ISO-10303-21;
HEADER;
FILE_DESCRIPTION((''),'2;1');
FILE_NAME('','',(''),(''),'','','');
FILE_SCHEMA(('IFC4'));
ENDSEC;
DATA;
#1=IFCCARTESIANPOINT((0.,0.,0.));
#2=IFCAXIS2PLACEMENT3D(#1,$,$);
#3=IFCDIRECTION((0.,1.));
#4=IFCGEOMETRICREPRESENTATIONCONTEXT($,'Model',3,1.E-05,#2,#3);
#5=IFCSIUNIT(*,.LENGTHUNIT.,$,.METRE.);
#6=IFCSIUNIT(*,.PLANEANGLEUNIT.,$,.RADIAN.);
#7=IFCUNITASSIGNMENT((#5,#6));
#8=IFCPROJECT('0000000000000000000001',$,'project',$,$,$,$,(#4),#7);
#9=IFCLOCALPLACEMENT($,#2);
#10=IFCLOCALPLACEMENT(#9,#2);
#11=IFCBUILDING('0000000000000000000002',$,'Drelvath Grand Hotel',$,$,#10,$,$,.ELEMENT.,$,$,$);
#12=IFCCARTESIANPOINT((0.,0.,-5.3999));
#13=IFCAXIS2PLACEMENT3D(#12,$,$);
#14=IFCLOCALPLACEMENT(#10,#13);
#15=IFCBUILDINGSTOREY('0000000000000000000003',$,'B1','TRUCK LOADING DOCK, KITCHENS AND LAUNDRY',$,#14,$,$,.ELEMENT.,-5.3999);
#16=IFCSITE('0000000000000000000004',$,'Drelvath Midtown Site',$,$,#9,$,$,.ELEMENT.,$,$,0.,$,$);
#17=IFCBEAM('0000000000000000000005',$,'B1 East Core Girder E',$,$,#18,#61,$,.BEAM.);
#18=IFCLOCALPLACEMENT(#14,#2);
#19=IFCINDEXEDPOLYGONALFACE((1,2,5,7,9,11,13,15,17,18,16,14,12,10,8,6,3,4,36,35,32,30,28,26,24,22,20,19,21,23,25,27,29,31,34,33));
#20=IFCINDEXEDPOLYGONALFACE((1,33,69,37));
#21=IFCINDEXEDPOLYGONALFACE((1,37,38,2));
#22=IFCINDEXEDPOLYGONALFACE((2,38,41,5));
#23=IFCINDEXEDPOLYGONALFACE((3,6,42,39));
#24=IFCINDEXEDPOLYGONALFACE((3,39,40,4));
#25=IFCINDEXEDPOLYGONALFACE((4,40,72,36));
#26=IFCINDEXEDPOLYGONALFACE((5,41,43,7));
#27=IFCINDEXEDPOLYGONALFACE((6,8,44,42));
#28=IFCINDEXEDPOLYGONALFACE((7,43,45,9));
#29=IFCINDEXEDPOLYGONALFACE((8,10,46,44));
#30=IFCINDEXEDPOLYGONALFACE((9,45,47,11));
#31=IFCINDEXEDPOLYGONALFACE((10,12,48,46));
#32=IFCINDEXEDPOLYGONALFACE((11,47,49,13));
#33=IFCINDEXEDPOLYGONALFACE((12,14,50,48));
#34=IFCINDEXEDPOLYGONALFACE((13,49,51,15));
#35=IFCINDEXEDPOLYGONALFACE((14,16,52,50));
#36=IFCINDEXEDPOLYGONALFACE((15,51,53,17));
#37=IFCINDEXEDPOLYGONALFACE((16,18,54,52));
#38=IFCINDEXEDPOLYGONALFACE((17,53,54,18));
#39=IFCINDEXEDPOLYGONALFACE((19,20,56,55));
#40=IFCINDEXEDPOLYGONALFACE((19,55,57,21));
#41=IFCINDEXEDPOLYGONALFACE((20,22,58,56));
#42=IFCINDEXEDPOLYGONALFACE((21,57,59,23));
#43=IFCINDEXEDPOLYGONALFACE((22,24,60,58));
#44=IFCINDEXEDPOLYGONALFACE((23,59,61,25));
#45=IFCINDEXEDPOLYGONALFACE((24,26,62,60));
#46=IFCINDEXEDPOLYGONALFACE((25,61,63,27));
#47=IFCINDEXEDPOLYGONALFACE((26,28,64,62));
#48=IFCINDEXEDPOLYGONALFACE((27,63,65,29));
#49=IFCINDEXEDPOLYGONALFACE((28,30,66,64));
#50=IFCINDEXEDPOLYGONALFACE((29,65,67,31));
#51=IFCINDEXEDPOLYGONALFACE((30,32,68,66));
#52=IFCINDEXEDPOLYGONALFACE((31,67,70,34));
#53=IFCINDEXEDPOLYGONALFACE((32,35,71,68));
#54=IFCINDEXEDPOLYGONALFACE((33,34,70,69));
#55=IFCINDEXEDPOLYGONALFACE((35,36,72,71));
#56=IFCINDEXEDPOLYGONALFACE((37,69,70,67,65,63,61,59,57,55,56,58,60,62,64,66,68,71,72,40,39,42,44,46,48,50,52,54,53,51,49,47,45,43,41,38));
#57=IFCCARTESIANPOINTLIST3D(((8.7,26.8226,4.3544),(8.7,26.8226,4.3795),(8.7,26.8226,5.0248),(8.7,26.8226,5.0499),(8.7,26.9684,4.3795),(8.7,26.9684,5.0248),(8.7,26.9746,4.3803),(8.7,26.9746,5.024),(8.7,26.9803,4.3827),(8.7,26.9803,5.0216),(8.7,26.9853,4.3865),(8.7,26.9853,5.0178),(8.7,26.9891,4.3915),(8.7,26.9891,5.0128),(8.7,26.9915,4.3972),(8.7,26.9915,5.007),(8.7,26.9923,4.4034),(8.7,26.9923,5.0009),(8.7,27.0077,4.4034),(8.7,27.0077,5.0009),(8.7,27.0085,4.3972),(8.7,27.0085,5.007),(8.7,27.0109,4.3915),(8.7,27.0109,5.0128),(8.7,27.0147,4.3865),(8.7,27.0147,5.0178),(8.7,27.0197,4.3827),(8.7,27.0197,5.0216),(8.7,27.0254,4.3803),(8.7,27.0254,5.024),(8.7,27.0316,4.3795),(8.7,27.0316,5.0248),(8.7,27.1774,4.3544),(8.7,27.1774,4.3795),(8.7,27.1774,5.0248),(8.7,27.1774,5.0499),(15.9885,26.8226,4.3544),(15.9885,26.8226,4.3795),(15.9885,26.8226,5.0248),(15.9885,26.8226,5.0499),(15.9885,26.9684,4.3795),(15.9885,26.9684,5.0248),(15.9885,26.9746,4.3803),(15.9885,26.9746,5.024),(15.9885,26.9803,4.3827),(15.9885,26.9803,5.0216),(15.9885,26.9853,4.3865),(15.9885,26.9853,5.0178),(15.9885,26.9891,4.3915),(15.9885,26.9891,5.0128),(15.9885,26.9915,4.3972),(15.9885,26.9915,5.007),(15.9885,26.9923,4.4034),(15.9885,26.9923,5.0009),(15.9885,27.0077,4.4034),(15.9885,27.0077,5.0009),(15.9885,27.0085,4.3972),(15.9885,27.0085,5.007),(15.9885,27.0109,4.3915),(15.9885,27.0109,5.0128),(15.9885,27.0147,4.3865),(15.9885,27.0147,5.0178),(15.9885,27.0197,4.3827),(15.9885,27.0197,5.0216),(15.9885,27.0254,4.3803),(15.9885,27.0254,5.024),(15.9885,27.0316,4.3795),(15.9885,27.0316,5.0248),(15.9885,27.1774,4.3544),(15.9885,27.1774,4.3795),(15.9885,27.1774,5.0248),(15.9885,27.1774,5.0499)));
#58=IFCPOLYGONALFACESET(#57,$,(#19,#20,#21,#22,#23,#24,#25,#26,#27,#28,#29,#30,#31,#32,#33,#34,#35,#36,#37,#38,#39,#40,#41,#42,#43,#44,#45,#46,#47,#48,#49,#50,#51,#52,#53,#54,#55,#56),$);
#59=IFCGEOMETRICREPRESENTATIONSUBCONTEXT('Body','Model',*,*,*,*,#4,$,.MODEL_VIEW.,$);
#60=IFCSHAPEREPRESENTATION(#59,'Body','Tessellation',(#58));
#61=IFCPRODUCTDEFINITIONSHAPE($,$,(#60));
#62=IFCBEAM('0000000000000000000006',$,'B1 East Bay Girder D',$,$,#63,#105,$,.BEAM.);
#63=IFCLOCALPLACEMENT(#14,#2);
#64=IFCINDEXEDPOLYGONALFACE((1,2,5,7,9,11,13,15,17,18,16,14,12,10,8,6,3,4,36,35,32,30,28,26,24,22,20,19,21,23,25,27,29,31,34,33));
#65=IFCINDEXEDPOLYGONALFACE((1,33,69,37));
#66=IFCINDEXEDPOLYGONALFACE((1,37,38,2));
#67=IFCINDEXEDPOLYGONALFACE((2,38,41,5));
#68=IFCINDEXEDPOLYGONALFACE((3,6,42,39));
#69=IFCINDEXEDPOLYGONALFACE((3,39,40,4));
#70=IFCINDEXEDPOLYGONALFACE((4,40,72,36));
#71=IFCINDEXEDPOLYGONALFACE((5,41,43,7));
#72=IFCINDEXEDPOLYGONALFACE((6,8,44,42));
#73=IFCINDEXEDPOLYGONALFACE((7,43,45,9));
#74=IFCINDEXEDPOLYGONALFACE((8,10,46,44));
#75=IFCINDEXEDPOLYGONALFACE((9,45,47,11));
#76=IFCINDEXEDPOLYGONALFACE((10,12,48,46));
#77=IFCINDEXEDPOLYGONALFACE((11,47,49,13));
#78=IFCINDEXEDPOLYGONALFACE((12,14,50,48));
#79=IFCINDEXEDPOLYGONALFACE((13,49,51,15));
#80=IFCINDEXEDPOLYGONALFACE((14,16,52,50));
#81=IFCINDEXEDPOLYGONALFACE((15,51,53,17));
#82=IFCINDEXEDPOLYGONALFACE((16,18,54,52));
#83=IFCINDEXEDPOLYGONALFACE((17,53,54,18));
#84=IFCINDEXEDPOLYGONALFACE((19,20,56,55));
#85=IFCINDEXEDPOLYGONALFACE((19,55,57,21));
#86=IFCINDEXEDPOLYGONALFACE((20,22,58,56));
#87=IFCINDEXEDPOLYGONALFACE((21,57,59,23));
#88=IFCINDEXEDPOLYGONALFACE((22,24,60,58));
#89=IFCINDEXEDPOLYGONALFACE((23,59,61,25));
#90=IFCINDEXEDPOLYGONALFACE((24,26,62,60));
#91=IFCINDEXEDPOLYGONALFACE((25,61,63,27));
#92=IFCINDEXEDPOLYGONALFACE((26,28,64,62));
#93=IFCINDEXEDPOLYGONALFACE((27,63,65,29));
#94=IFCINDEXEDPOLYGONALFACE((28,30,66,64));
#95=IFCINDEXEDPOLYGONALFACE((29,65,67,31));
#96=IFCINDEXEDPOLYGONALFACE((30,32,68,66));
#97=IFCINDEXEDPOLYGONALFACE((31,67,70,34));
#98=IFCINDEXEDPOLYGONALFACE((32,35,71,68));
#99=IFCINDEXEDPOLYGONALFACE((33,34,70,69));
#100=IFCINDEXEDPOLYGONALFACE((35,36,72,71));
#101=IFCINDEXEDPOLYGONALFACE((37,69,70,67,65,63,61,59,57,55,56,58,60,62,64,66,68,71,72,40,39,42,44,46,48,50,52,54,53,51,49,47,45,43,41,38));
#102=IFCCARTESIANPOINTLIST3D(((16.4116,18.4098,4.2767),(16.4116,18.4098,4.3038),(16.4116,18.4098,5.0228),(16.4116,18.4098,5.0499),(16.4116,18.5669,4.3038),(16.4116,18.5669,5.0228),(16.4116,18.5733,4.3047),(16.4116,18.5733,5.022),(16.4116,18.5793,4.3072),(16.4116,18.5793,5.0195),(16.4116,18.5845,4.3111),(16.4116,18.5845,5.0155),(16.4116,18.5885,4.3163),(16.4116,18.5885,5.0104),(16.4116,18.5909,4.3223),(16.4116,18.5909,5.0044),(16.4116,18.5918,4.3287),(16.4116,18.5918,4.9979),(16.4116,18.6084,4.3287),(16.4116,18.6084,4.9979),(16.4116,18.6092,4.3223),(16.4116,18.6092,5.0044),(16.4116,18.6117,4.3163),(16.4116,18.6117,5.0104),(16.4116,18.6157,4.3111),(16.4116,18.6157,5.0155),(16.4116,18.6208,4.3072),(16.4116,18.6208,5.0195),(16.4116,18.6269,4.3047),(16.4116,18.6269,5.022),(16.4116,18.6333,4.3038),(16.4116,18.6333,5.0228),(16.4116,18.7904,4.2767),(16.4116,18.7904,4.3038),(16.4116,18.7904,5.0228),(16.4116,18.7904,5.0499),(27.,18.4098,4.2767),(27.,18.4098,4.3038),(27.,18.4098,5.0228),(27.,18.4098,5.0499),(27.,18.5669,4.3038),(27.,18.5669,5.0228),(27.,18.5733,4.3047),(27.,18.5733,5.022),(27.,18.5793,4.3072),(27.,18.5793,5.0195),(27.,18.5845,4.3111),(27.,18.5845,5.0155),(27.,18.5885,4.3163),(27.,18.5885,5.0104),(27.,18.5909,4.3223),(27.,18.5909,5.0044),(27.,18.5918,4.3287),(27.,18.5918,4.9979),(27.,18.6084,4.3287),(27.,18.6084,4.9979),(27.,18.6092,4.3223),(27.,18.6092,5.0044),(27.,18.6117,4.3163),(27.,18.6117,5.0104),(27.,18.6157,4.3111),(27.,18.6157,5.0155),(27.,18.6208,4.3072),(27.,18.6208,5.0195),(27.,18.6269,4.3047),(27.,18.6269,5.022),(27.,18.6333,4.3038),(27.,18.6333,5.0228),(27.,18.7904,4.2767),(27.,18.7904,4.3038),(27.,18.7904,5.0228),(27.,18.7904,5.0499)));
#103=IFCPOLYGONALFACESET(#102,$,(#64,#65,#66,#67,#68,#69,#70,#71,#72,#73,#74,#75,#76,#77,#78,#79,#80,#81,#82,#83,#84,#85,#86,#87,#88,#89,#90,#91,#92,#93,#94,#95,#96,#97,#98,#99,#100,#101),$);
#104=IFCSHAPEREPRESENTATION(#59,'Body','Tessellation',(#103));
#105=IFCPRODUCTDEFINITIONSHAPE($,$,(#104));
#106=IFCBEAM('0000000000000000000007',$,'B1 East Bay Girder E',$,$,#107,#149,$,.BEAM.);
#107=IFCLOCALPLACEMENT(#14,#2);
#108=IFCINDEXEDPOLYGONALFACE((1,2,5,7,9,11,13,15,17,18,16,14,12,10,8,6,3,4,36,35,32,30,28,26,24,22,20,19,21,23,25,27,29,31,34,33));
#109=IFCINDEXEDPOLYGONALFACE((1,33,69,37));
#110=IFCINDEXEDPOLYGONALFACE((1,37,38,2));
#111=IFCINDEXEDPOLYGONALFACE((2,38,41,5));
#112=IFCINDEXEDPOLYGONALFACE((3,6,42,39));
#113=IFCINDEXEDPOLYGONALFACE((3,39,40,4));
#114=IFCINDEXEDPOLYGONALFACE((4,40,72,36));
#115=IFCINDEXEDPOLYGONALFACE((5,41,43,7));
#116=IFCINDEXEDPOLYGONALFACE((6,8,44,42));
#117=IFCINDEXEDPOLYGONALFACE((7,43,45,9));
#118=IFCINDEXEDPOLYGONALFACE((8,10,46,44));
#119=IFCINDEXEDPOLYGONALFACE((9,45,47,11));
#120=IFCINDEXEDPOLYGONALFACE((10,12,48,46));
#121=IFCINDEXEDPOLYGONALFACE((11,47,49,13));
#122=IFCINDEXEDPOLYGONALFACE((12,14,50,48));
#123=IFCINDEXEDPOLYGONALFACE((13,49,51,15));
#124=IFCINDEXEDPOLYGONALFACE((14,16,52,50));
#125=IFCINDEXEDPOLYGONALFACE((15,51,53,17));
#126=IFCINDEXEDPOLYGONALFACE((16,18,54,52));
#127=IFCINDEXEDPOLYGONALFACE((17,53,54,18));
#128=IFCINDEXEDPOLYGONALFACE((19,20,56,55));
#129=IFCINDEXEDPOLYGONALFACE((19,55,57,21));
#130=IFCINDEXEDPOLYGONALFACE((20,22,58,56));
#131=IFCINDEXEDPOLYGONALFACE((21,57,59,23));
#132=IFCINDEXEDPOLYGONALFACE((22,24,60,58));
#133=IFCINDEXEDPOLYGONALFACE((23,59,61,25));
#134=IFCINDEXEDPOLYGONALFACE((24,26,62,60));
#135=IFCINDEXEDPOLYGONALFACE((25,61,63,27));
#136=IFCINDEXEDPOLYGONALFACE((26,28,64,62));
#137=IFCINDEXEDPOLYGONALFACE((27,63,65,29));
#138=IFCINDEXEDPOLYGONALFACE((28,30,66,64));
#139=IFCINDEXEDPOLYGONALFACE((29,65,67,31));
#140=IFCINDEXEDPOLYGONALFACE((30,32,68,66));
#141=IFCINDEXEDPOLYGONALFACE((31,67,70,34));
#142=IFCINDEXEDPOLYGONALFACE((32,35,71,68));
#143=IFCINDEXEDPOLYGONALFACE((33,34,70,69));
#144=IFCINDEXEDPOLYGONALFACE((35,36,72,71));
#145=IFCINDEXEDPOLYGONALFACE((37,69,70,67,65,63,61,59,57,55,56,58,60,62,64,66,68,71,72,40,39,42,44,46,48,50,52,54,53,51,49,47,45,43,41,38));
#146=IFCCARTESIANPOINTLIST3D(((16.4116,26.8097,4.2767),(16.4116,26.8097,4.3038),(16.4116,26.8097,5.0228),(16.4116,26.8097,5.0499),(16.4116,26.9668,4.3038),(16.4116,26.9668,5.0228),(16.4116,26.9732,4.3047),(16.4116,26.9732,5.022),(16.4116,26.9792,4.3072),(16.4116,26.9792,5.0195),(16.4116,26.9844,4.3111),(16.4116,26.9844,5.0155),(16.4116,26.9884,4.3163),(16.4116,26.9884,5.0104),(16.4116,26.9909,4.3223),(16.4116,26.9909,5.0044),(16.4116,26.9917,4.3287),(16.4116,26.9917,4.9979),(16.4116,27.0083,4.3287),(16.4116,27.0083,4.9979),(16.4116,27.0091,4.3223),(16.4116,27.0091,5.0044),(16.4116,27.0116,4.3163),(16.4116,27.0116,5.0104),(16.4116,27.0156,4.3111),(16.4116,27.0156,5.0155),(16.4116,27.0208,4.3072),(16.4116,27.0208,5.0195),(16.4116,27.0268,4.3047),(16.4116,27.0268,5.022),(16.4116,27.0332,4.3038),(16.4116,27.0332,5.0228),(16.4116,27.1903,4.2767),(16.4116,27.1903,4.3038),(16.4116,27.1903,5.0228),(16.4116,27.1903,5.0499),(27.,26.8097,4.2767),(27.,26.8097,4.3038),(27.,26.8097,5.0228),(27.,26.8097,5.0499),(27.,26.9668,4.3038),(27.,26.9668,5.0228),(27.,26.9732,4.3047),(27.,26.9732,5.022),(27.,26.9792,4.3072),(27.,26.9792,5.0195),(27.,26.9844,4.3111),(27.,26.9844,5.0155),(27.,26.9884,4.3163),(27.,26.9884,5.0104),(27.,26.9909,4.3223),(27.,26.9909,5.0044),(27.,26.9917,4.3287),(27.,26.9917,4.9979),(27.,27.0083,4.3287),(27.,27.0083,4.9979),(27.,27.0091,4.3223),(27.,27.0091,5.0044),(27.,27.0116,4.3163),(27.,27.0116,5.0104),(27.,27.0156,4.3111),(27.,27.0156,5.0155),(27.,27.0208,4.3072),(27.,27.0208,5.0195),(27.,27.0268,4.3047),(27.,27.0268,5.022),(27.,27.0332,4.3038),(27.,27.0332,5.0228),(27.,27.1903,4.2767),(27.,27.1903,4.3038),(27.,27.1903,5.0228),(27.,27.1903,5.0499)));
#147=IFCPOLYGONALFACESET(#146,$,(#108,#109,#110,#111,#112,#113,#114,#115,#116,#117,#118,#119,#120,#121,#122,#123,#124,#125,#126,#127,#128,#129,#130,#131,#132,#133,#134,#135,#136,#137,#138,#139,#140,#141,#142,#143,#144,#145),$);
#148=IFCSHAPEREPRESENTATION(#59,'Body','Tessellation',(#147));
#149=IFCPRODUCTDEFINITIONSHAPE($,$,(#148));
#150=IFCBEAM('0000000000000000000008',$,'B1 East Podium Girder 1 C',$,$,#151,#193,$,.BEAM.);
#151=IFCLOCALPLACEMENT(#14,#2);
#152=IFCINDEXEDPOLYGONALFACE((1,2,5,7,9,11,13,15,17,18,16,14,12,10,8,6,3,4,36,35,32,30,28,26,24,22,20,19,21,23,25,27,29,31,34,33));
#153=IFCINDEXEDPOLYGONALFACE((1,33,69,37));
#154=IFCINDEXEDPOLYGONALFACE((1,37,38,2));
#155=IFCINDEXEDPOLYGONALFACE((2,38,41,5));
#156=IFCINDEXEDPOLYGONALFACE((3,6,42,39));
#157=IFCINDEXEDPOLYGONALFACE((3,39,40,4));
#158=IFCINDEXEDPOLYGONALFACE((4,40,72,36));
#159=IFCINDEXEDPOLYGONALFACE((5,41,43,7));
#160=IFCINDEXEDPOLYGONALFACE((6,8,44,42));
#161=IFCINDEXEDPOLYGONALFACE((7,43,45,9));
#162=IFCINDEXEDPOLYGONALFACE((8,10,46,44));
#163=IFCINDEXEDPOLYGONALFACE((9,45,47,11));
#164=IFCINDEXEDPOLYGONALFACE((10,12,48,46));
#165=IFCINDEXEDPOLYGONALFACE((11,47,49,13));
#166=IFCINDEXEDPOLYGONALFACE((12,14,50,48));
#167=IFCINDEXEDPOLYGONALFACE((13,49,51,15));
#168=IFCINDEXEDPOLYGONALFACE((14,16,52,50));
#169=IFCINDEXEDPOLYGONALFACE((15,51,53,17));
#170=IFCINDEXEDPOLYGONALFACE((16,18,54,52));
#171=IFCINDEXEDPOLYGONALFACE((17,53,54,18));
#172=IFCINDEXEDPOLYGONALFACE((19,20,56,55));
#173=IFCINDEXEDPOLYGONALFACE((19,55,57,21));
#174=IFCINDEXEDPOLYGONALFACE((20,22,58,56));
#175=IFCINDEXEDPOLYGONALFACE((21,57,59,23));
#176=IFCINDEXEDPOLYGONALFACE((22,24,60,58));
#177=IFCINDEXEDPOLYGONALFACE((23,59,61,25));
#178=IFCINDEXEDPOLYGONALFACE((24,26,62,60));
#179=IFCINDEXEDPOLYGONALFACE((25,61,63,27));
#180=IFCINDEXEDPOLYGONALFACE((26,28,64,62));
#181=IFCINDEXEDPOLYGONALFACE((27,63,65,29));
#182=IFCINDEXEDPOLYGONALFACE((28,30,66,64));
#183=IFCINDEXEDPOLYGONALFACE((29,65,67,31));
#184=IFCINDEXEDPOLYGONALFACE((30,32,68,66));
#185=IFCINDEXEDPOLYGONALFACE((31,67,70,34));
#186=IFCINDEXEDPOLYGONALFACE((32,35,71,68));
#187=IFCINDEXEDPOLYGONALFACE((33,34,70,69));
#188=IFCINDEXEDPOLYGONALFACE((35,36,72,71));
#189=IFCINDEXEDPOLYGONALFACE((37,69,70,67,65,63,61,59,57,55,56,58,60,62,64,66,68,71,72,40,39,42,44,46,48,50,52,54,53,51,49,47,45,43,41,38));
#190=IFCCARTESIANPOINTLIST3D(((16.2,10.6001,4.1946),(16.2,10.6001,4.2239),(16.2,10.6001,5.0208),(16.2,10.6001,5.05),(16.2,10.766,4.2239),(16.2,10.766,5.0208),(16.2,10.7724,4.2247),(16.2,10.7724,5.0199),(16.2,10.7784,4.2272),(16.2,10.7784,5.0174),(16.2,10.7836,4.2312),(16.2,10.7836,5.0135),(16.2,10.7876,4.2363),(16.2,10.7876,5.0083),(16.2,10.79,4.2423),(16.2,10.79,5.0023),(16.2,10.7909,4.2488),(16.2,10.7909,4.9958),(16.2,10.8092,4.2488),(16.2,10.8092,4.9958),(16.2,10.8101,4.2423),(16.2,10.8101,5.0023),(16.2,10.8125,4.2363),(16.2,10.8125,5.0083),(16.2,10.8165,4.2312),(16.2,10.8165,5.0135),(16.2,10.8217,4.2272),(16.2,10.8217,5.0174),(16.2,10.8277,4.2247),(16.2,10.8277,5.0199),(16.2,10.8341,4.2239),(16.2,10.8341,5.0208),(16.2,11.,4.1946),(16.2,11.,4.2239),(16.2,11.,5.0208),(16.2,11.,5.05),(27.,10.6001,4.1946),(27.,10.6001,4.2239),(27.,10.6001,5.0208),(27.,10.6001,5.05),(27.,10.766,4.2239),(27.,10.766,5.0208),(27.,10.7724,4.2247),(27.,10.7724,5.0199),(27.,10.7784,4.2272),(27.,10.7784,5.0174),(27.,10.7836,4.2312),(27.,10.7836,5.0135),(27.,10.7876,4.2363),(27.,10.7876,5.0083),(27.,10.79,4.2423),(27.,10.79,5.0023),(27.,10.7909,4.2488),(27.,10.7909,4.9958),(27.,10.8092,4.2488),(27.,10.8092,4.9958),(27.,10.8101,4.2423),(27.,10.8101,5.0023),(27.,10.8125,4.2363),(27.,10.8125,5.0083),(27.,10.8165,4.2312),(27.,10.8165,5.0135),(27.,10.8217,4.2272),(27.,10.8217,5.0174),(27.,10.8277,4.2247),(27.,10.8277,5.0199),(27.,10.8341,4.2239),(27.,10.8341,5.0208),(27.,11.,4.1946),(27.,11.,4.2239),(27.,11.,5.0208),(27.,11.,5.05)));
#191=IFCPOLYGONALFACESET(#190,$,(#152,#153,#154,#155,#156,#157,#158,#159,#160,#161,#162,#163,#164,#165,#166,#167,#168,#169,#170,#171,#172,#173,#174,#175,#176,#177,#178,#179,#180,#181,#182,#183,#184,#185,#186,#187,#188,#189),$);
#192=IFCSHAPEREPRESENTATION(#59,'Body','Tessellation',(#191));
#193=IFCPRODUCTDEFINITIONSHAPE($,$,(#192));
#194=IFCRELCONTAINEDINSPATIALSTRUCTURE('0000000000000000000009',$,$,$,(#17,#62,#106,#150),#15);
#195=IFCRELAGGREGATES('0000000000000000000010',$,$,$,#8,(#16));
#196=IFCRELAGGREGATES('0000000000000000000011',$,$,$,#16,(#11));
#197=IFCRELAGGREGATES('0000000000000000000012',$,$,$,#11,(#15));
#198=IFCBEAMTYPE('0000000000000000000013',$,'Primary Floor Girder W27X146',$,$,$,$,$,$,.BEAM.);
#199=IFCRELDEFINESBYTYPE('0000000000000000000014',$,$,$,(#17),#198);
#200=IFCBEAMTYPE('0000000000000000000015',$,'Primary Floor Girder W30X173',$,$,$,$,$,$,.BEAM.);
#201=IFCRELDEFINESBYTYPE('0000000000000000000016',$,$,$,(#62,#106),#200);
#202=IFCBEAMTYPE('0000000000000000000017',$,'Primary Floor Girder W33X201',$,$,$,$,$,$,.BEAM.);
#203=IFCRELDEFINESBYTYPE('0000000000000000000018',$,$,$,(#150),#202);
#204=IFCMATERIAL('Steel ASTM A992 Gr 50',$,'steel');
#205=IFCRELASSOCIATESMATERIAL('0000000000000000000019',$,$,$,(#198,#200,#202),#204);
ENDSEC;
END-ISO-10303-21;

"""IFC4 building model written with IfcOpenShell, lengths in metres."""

from ifc_helpers import new_model, si_unit, direction, frame, origin, origin_2d, place, context, subcontext, project, spatial, i_section, extrude, material, material_profile, profile_set, type_object, element, save


model = new_model("IFC4")

# Units and contexts
model_context = context("Model", 3, precision=1e-05, world=origin(), true_north=direction((0.0, 1.0)))
body_context = subcontext(model_context, "Body", "Model", "MODEL_VIEW")
ifc_project = project(units=[si_unit("LENGTHUNIT", "METRE"), si_unit("PLANEANGLEUNIT", "RADIAN")], contexts=[model_context])

# Site, building, storey
site_placement = place(None, origin())
site = spatial("IfcSite", under=ifc_project, at=site_placement, Name="Drelvath Midtown Site", CompositionType="ELEMENT", RefElevation=0.0)
building_placement = place(site_placement, origin())
building = spatial("IfcBuilding", under=site, at=building_placement, Name="Drelvath Grand Hotel", CompositionType="ELEMENT")
storey_placement = place(building_placement, frame((0.0, 0.0, -5.3999)))
storey = spatial("IfcBuildingStorey", under=building, at=storey_placement, Name="B1", Description="TRUCK LOADING DOCK, KITCHENS AND LAUNDRY", CompositionType="ELEMENT", Elevation=-5.3999)

# Beams
ifc_material_1 = material(Name="Steel ASTM A992 Gr 50", Category="steel")
ifc_material_profile_1 = material_profile(ifc_material_1, i_section(OverallWidth=0.3547, OverallDepth=0.6956, WebThickness=0.0154, FlangeThickness=0.0251, FilletRadius=0.0239, at=origin_2d()), Name="W27X146")
ifc_profile_set_1 = profile_set([ifc_material_profile_1], Name="Steel ASTM A992 Gr 50")
beam_type_1 = type_object("IfcBeamType", Name="Primary Floor Girder W27X146", PredefinedType="BEAM", material=ifc_profile_set_1)
for number, where, z_axis, x_axis, name in (
    (1, (8.7, 27.0, 4.7021), (1.0, 0.0, 0.0), (0.0, 1.0, 0.0), "B1 East Core Girder E"),
):
    element("IfcBeam", number, at=place(storey_placement, frame(where, z_axis=z_axis, x_axis=x_axis)), inside=storey, type_object=beam_type_1, Name=name, PredefinedType="BEAM", context=body_context, shape_type="SweptSolid", body=[
        extrude(i_section(OverallWidth=0.3547, OverallDepth=0.6956, WebThickness=0.0154, FlangeThickness=0.0251, FilletRadius=0.0239, at=origin_2d()), origin(), (0.0, 0.0, 1.0), 7.2886),
    ])
ifc_material_profile_2 = material_profile(ifc_material_1, i_section(OverallWidth=0.3806, OverallDepth=0.7732, WebThickness=0.0166, FlangeThickness=0.0271, FilletRadius=0.0249, at=origin_2d()), Name="W30X173")
ifc_profile_set_2 = profile_set([ifc_material_profile_2], Name="Steel ASTM A992 Gr 50")
beam_type_2 = type_object("IfcBeamType", Name="Primary Floor Girder W30X173", PredefinedType="BEAM", material=ifc_profile_set_2)
for number, where, z_axis, x_axis, name in (
    (2, (16.4116, 18.6001, 4.6633), (1.0, 0.0, 0.0), (0.0, 1.0, 0.0), "B1 East Bay Girder D"),
    (3, (16.4116, 27.0, 4.6633), (1.0, 0.0, 0.0), (0.0, 1.0, 0.0), "B1 East Bay Girder E"),
):
    element("IfcBeam", number, at=place(storey_placement, frame(where, z_axis=z_axis, x_axis=x_axis)), inside=storey, type_object=beam_type_2, Name=name, PredefinedType="BEAM", context=body_context, shape_type="SweptSolid", body=[
        extrude(i_section(OverallWidth=0.3806, OverallDepth=0.7732, WebThickness=0.0166, FlangeThickness=0.0271, FilletRadius=0.0249, at=origin_2d()), origin(), (0.0, 0.0, 1.0), 10.5884),
    ])
ifc_material_profile_3 = material_profile(ifc_material_1, i_section(OverallWidth=0.3999, OverallDepth=0.8555, WebThickness=0.0183, FlangeThickness=0.0293, FilletRadius=0.0249, at=origin_2d()), Name="W33X201")
ifc_profile_set_3 = profile_set([ifc_material_profile_3], Name="Steel ASTM A992 Gr 50")
beam_type_3 = type_object("IfcBeamType", Name="Primary Floor Girder W33X201", PredefinedType="BEAM", material=ifc_profile_set_3)
for number, where, z_axis, x_axis, name in (
    (4, (16.2, 10.8, 4.6223), (1.0, 0.0, 0.0), (0.0, 1.0, 0.0), "B1 East Podium Girder 1 C"),
):
    element("IfcBeam", number, at=place(storey_placement, frame(where, z_axis=z_axis, x_axis=x_axis)), inside=storey, type_object=beam_type_3, Name=name, PredefinedType="BEAM", context=body_context, shape_type="SweptSolid", body=[
        extrude(i_section(OverallWidth=0.3999, OverallDepth=0.8555, WebThickness=0.0183, FlangeThickness=0.0293, FilletRadius=0.0249, at=origin_2d()), origin(), (0.0, 0.0, 1.0), 10.8),
    ])

save(model, "model.ifc")
